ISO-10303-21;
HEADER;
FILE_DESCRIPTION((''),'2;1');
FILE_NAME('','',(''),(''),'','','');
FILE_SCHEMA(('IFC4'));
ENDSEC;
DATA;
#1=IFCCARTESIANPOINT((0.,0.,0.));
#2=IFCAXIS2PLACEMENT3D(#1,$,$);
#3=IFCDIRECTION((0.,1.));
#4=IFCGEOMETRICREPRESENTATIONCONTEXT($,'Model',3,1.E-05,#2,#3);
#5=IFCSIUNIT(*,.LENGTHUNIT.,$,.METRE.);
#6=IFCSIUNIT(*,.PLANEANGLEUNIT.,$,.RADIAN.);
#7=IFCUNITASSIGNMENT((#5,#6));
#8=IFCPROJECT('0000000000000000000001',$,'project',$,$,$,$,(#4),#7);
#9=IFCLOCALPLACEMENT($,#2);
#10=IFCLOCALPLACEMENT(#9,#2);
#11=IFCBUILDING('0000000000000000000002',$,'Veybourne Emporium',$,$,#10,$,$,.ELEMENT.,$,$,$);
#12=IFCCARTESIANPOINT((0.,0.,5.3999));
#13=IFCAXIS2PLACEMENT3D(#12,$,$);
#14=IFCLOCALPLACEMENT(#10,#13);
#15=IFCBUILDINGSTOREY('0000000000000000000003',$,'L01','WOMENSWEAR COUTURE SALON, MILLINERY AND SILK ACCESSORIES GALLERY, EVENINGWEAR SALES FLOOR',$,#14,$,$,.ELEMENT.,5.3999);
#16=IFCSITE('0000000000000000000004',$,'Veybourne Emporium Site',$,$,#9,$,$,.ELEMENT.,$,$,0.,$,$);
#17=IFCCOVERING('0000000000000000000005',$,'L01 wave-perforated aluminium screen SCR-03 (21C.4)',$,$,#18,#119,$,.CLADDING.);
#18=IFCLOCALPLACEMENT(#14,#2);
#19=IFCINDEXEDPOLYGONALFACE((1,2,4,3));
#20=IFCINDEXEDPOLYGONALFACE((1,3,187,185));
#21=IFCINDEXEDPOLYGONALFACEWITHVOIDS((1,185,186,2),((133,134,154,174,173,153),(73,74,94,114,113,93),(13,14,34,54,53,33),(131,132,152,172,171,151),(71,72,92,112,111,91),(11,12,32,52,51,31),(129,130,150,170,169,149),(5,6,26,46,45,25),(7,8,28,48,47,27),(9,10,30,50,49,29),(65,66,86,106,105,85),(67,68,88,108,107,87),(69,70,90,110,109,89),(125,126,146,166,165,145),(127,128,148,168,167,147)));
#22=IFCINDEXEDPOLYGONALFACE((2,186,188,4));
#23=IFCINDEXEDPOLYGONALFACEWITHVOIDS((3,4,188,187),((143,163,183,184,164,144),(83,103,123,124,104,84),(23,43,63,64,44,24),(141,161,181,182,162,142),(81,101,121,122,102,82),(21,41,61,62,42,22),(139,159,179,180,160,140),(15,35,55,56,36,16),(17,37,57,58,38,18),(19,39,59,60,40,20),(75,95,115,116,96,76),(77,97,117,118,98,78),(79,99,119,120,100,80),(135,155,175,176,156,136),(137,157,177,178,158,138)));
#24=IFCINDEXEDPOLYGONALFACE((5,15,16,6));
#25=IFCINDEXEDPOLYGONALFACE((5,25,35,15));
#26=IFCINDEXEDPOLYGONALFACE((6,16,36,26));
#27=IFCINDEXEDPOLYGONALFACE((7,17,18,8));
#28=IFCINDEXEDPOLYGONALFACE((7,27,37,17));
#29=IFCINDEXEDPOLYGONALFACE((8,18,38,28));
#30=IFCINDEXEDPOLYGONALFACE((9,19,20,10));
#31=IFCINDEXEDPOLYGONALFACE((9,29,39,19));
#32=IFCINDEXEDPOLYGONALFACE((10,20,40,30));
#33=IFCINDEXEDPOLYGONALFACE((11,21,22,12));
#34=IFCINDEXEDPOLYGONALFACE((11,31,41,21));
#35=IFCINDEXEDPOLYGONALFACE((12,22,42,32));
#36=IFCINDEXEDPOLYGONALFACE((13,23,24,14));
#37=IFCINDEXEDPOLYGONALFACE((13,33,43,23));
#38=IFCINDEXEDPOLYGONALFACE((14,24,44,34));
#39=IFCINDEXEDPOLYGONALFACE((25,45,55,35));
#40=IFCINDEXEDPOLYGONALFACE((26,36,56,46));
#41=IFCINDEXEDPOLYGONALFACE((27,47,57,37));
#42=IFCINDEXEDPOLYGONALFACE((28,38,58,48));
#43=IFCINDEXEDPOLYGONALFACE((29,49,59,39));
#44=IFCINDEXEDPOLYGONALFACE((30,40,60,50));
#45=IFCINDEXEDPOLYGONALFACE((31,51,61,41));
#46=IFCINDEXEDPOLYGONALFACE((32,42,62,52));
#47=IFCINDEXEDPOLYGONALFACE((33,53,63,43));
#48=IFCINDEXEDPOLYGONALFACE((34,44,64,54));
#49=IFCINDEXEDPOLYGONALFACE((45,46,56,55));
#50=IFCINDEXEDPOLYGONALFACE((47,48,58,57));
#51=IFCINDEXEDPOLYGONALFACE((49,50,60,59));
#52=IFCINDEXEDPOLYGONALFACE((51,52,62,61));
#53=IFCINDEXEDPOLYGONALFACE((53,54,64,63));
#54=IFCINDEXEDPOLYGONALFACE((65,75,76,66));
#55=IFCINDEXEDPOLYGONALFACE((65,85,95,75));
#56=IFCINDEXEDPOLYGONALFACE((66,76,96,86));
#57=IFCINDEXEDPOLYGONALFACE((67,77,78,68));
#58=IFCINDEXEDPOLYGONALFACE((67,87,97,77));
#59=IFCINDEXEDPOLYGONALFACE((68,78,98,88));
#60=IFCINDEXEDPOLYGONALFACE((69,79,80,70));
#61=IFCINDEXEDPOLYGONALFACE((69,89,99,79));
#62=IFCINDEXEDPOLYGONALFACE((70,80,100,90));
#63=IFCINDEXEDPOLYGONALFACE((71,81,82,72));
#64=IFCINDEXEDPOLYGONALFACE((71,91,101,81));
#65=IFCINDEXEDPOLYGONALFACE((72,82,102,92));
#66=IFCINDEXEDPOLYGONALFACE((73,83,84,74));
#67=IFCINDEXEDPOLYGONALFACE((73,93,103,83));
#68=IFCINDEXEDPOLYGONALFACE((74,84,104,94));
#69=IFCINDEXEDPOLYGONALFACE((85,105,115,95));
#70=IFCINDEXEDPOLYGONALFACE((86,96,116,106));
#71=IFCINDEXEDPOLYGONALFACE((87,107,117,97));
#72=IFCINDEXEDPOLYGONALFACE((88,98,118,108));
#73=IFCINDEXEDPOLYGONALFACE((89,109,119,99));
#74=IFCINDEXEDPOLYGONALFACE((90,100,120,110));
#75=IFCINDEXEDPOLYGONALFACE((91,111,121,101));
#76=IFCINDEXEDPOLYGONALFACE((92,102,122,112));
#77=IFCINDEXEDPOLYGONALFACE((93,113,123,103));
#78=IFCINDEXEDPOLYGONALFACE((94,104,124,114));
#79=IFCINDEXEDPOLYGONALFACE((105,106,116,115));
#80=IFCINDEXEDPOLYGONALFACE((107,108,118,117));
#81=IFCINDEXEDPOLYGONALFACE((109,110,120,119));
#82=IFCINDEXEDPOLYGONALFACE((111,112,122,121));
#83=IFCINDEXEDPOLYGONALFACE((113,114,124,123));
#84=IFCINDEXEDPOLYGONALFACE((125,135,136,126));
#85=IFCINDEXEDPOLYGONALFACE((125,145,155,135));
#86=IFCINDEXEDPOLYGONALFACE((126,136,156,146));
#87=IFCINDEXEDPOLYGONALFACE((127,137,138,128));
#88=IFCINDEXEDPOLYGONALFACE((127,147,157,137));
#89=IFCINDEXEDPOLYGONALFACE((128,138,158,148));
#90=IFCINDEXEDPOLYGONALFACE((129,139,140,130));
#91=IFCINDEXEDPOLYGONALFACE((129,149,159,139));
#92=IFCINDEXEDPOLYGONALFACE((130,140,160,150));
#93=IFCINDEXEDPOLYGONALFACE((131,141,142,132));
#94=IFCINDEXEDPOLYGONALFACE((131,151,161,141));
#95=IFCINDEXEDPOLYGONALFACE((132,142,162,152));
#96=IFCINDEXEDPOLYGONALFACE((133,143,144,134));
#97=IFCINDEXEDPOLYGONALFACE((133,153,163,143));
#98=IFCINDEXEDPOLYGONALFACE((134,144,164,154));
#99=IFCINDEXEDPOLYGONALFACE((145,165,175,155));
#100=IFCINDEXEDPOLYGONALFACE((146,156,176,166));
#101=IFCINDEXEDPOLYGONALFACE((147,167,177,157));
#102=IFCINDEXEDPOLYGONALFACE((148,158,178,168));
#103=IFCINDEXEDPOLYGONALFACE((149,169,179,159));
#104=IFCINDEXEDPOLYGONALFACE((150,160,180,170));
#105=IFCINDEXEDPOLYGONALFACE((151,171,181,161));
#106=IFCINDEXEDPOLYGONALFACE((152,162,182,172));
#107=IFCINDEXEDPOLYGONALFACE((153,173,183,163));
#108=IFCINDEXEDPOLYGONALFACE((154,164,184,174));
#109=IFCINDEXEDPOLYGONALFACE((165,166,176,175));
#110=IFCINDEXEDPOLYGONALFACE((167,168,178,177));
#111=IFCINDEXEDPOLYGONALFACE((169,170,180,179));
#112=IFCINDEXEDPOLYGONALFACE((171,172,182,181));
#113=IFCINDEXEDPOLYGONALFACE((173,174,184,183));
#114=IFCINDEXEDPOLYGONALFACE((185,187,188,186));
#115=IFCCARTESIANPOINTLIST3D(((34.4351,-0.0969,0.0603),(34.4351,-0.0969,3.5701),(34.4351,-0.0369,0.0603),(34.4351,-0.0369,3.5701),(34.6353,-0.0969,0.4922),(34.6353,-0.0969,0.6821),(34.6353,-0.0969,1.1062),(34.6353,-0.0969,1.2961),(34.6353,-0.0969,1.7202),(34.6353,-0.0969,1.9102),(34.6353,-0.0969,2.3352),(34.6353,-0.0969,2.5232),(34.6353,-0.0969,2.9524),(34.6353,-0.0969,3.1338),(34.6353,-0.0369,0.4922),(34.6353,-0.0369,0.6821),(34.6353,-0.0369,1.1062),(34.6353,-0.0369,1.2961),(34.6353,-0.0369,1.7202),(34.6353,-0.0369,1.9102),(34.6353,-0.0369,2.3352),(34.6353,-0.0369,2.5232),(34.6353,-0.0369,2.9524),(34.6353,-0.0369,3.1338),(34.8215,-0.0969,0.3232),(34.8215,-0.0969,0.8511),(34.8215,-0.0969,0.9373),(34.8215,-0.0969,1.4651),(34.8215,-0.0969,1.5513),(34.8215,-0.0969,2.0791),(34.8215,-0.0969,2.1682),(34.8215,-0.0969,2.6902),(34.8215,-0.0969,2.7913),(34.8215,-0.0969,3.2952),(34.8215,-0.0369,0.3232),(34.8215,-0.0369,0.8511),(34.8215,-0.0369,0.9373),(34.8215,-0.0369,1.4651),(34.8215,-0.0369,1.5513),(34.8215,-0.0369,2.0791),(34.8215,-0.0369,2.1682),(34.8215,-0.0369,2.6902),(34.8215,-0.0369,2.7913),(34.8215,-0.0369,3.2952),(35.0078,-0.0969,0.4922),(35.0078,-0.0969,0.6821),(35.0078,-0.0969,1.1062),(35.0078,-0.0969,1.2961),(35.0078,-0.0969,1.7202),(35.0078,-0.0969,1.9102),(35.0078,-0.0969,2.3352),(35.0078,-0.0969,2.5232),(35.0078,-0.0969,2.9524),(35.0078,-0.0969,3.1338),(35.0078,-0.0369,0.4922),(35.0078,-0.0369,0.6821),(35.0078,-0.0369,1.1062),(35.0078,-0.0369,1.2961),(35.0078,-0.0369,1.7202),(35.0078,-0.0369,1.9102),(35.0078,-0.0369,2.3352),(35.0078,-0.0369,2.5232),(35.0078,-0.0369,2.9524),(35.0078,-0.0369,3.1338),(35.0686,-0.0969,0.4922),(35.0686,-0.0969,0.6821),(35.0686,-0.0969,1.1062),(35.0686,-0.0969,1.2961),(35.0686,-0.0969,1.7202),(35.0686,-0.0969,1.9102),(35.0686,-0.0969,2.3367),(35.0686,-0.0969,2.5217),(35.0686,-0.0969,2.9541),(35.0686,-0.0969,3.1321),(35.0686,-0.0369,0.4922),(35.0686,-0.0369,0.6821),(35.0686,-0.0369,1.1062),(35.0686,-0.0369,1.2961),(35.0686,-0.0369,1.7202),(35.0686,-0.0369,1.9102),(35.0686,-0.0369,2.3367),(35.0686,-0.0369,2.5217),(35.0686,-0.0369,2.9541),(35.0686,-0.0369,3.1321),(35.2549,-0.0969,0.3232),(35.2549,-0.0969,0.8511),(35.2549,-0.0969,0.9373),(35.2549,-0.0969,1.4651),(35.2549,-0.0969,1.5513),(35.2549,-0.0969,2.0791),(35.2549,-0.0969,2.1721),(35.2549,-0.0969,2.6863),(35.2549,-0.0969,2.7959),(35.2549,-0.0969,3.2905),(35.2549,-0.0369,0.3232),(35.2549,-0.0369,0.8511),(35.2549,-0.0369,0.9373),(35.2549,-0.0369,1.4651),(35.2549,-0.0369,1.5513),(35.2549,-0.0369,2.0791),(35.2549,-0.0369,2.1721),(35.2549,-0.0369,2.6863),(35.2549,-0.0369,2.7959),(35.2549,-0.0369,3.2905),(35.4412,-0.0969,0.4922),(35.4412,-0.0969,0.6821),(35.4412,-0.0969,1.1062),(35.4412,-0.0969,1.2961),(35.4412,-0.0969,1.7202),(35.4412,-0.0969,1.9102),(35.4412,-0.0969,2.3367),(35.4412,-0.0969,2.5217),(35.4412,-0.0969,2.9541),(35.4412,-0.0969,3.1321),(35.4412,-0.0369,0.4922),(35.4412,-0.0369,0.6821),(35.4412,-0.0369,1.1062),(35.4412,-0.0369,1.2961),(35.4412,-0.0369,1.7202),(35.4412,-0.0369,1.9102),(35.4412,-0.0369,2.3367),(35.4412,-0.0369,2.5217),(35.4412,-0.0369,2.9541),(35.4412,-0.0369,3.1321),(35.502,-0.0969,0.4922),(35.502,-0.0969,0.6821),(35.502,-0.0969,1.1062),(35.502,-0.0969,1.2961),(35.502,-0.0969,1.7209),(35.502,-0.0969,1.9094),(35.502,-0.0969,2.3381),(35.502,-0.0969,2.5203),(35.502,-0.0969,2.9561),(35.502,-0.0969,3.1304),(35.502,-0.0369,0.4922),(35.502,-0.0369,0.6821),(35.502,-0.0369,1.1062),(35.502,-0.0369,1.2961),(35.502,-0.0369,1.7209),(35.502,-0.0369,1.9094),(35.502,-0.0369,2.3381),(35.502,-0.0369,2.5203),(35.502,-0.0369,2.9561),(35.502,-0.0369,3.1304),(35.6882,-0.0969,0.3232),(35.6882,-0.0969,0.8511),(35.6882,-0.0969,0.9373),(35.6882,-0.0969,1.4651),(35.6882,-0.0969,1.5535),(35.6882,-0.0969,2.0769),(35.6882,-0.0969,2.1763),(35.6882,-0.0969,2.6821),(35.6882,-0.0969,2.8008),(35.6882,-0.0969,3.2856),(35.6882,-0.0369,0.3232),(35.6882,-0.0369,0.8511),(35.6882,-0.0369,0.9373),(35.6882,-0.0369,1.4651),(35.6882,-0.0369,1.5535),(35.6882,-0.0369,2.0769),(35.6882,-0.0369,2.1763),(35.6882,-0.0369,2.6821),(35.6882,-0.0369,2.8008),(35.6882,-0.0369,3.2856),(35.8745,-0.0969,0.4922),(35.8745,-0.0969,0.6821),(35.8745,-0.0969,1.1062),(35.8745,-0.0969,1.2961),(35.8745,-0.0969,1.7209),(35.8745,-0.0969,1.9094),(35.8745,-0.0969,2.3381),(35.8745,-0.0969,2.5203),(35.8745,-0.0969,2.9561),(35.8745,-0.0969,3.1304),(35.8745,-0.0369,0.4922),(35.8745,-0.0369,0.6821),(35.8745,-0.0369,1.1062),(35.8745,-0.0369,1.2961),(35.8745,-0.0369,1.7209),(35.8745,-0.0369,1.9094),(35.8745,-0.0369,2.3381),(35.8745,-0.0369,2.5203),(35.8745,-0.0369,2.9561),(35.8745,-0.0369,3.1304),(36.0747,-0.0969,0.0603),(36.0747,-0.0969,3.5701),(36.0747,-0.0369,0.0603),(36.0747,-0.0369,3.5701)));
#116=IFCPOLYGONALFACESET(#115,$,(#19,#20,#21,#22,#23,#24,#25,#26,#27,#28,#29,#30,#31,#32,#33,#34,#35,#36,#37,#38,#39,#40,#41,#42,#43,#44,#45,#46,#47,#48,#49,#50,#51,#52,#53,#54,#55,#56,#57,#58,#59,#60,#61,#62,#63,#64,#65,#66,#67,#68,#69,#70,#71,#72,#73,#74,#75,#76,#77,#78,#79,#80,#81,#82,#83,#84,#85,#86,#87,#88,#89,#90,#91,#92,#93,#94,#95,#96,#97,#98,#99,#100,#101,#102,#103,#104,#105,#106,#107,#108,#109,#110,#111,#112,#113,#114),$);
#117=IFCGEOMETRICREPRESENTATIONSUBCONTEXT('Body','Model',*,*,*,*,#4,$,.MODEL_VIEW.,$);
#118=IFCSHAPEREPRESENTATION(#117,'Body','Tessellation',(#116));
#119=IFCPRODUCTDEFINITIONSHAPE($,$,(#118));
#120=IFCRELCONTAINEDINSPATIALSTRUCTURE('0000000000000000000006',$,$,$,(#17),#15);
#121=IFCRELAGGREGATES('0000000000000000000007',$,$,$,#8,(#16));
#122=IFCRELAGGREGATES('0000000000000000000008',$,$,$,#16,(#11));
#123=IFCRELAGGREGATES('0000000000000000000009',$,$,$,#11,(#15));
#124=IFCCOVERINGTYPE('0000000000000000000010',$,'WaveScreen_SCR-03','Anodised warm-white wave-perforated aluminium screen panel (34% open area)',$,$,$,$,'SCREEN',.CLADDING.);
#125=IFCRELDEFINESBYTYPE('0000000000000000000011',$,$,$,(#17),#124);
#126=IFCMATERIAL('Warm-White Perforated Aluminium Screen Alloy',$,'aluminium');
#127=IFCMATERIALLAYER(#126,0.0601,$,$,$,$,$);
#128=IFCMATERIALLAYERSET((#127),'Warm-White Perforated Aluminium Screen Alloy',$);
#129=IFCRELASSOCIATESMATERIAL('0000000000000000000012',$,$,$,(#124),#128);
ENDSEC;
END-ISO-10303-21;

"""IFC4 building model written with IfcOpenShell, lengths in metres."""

from ifc_helpers import new_model, si_unit, direction, frame, origin, place, context, subcontext, project, spatial, polyline, outline, extrude, material, layer, layer_set, type_object, element, save


model = new_model("IFC4")

# Units and contexts
model_context = context("Model", 3, precision=1e-05, world=origin(), true_north=direction((0.0, 1.0)))
body_context = subcontext(model_context, "Body", "Model", "MODEL_VIEW")
ifc_project = project(units=[si_unit("LENGTHUNIT", "METRE"), si_unit("PLANEANGLEUNIT", "RADIAN")], contexts=[model_context])

# Site, building, storey
site_placement = place(None, origin())
site = spatial("IfcSite", under=ifc_project, at=site_placement, Name="Veybourne Emporium Site", CompositionType="ELEMENT", RefElevation=0.0)
building_placement = place(site_placement, origin())
building = spatial("IfcBuilding", under=site, at=building_placement, Name="Veybourne Emporium", CompositionType="ELEMENT")
storey_placement = place(building_placement, frame((0.0, 0.0, 5.3999)))
storey = spatial("IfcBuildingStorey", under=building, at=storey_placement, Name="L01", Description="WOMENSWEAR COUTURE SALON, MILLINERY AND SILK ACCESSORIES GALLERY, EVENINGWEAR SALES FLOOR", CompositionType="ELEMENT", Elevation=5.3999)

# Covering
ifc_material_1 = material(Name="Warm-White Perforated Aluminium Screen Alloy", Category="aluminium")
ifc_layer_1 = layer(ifc_material_1, 0.0601)
ifc_layer_set_1 = layer_set([ifc_layer_1], Name="Warm-White Perforated Aluminium Screen Alloy")
covering_type_1 = type_object("IfcCoveringType", Name="WaveScreen_SCR-03", Description="Anodised warm-white wave-perforated aluminium screen panel (34% open area)", ElementType="SCREEN", PredefinedType="CLADDING", material=ifc_layer_set_1)
covering_1_placement = place(storey_placement, frame((35.2549, -0.0969, 1.8152), z_axis=(0.0, 1.0, 0.0), x_axis=(-1.0, 0.0, 0.0)))
element("IfcCovering", 1, at=covering_1_placement, inside=storey, type_object=covering_type_1, Name="L01 wave-perforated aluminium screen SCR-03 (21C.4)", PredefinedType="CLADDING", context=body_context, shape_type="SweptSolid", body=[
    extrude(outline(polyline([(-0.8198, -1.7549), (0.8198, -1.7549), (0.8198, 1.7549), (-0.8198, 1.7549), (-0.8198, -1.7549)]), holes=[polyline([(-0.4333, -0.9641), (-0.2471, -1.1331), (-0.2471, -1.323), (-0.4333, -1.4919), (-0.6196, -1.323), (-0.6196, -1.1331), (-0.4333, -0.9641)]), polyline([(-0.4333, -0.3501), (-0.2471, -0.519), (-0.2471, -0.709), (-0.4333, -0.8779), (-0.6196, -0.709), (-0.6196, -0.519), (-0.4333, -0.3501)]), polyline([(-0.4333, 0.2617), (-0.2471, 0.0942), (-0.2471, -0.0942), (-0.4333, -0.2617), (-0.6196, -0.0942), (-0.6196, 0.0942), (-0.4333, 0.2617)]), polyline([(-0.4333, 0.8669), (-0.2471, 0.7051), (-0.2471, 0.5229), (-0.4333, 0.3611), (-0.6196, 0.5229), (-0.6196, 0.7051), (-0.4333, 0.8669)]), polyline([(-0.4333, 1.4705), (-0.2471, 1.3152), (-0.2471, 1.1409), (-0.4333, 0.9856), (-0.6196, 1.1409), (-0.6196, 1.3152), (-0.4333, 1.4705)]), polyline([(0.0, -0.9641), (0.1863, -1.1331), (0.1863, -1.323), (0.0, -1.4919), (-0.1863, -1.323), (-0.1863, -1.1331), (0.0, -0.9641)]), polyline([(0.0, -0.3501), (0.1863, -0.519), (0.1863, -0.709), (0.0, -0.8779), (-0.1863, -0.709), (-0.1863, -0.519), (0.0, -0.3501)]), polyline([(0.0, 0.2639), (0.1863, 0.095), (0.1863, -0.095), (0.0, -0.2639), (-0.1863, -0.095), (-0.1863, 0.095), (0.0, 0.2639)]), polyline([(0.0, 0.8711), (0.1863, 0.7065), (0.1863, 0.5215), (0.0, 0.3569), (-0.1863, 0.5215), (-0.1863, 0.7065), (0.0, 0.8711)]), polyline([(0.0, 1.4753), (0.1863, 1.3169), (0.1863, 1.1389), (0.0, 0.9807), (-0.1863, 1.1389), (-0.1863, 1.3169), (0.0, 1.4753)]), polyline([(0.4333, -0.9641), (0.6196, -1.1331), (0.6196, -1.323), (0.4333, -1.4919), (0.2471, -1.323), (0.2471, -1.1331), (0.4333, -0.9641)]), polyline([(0.4333, -0.3501), (0.6196, -0.519), (0.6196, -0.709), (0.4333, -0.8779), (0.2471, -0.709), (0.2471, -0.519), (0.4333, -0.3501)]), polyline([(0.4333, 0.2639), (0.6196, 0.095), (0.6196, -0.095), (0.4333, -0.2639), (0.2471, -0.095), (0.2471, 0.095), (0.4333, 0.2639)]), polyline([(0.4333, 0.875), (0.6196, 0.708), (0.6196, 0.52), (0.4333, 0.353), (0.2471, 0.52), (0.2471, 0.708), (0.4333, 0.875)]), polyline([(0.4333, 1.48), (0.6196, 1.3186), (0.6196, 1.1372), (0.4333, 0.9761), (0.2471, 1.1372), (0.2471, 1.3186), (0.4333, 1.48)])]), origin(), (0.0, 0.0, 1.0), 0.0601),
])

save(model, "model.ifc")
